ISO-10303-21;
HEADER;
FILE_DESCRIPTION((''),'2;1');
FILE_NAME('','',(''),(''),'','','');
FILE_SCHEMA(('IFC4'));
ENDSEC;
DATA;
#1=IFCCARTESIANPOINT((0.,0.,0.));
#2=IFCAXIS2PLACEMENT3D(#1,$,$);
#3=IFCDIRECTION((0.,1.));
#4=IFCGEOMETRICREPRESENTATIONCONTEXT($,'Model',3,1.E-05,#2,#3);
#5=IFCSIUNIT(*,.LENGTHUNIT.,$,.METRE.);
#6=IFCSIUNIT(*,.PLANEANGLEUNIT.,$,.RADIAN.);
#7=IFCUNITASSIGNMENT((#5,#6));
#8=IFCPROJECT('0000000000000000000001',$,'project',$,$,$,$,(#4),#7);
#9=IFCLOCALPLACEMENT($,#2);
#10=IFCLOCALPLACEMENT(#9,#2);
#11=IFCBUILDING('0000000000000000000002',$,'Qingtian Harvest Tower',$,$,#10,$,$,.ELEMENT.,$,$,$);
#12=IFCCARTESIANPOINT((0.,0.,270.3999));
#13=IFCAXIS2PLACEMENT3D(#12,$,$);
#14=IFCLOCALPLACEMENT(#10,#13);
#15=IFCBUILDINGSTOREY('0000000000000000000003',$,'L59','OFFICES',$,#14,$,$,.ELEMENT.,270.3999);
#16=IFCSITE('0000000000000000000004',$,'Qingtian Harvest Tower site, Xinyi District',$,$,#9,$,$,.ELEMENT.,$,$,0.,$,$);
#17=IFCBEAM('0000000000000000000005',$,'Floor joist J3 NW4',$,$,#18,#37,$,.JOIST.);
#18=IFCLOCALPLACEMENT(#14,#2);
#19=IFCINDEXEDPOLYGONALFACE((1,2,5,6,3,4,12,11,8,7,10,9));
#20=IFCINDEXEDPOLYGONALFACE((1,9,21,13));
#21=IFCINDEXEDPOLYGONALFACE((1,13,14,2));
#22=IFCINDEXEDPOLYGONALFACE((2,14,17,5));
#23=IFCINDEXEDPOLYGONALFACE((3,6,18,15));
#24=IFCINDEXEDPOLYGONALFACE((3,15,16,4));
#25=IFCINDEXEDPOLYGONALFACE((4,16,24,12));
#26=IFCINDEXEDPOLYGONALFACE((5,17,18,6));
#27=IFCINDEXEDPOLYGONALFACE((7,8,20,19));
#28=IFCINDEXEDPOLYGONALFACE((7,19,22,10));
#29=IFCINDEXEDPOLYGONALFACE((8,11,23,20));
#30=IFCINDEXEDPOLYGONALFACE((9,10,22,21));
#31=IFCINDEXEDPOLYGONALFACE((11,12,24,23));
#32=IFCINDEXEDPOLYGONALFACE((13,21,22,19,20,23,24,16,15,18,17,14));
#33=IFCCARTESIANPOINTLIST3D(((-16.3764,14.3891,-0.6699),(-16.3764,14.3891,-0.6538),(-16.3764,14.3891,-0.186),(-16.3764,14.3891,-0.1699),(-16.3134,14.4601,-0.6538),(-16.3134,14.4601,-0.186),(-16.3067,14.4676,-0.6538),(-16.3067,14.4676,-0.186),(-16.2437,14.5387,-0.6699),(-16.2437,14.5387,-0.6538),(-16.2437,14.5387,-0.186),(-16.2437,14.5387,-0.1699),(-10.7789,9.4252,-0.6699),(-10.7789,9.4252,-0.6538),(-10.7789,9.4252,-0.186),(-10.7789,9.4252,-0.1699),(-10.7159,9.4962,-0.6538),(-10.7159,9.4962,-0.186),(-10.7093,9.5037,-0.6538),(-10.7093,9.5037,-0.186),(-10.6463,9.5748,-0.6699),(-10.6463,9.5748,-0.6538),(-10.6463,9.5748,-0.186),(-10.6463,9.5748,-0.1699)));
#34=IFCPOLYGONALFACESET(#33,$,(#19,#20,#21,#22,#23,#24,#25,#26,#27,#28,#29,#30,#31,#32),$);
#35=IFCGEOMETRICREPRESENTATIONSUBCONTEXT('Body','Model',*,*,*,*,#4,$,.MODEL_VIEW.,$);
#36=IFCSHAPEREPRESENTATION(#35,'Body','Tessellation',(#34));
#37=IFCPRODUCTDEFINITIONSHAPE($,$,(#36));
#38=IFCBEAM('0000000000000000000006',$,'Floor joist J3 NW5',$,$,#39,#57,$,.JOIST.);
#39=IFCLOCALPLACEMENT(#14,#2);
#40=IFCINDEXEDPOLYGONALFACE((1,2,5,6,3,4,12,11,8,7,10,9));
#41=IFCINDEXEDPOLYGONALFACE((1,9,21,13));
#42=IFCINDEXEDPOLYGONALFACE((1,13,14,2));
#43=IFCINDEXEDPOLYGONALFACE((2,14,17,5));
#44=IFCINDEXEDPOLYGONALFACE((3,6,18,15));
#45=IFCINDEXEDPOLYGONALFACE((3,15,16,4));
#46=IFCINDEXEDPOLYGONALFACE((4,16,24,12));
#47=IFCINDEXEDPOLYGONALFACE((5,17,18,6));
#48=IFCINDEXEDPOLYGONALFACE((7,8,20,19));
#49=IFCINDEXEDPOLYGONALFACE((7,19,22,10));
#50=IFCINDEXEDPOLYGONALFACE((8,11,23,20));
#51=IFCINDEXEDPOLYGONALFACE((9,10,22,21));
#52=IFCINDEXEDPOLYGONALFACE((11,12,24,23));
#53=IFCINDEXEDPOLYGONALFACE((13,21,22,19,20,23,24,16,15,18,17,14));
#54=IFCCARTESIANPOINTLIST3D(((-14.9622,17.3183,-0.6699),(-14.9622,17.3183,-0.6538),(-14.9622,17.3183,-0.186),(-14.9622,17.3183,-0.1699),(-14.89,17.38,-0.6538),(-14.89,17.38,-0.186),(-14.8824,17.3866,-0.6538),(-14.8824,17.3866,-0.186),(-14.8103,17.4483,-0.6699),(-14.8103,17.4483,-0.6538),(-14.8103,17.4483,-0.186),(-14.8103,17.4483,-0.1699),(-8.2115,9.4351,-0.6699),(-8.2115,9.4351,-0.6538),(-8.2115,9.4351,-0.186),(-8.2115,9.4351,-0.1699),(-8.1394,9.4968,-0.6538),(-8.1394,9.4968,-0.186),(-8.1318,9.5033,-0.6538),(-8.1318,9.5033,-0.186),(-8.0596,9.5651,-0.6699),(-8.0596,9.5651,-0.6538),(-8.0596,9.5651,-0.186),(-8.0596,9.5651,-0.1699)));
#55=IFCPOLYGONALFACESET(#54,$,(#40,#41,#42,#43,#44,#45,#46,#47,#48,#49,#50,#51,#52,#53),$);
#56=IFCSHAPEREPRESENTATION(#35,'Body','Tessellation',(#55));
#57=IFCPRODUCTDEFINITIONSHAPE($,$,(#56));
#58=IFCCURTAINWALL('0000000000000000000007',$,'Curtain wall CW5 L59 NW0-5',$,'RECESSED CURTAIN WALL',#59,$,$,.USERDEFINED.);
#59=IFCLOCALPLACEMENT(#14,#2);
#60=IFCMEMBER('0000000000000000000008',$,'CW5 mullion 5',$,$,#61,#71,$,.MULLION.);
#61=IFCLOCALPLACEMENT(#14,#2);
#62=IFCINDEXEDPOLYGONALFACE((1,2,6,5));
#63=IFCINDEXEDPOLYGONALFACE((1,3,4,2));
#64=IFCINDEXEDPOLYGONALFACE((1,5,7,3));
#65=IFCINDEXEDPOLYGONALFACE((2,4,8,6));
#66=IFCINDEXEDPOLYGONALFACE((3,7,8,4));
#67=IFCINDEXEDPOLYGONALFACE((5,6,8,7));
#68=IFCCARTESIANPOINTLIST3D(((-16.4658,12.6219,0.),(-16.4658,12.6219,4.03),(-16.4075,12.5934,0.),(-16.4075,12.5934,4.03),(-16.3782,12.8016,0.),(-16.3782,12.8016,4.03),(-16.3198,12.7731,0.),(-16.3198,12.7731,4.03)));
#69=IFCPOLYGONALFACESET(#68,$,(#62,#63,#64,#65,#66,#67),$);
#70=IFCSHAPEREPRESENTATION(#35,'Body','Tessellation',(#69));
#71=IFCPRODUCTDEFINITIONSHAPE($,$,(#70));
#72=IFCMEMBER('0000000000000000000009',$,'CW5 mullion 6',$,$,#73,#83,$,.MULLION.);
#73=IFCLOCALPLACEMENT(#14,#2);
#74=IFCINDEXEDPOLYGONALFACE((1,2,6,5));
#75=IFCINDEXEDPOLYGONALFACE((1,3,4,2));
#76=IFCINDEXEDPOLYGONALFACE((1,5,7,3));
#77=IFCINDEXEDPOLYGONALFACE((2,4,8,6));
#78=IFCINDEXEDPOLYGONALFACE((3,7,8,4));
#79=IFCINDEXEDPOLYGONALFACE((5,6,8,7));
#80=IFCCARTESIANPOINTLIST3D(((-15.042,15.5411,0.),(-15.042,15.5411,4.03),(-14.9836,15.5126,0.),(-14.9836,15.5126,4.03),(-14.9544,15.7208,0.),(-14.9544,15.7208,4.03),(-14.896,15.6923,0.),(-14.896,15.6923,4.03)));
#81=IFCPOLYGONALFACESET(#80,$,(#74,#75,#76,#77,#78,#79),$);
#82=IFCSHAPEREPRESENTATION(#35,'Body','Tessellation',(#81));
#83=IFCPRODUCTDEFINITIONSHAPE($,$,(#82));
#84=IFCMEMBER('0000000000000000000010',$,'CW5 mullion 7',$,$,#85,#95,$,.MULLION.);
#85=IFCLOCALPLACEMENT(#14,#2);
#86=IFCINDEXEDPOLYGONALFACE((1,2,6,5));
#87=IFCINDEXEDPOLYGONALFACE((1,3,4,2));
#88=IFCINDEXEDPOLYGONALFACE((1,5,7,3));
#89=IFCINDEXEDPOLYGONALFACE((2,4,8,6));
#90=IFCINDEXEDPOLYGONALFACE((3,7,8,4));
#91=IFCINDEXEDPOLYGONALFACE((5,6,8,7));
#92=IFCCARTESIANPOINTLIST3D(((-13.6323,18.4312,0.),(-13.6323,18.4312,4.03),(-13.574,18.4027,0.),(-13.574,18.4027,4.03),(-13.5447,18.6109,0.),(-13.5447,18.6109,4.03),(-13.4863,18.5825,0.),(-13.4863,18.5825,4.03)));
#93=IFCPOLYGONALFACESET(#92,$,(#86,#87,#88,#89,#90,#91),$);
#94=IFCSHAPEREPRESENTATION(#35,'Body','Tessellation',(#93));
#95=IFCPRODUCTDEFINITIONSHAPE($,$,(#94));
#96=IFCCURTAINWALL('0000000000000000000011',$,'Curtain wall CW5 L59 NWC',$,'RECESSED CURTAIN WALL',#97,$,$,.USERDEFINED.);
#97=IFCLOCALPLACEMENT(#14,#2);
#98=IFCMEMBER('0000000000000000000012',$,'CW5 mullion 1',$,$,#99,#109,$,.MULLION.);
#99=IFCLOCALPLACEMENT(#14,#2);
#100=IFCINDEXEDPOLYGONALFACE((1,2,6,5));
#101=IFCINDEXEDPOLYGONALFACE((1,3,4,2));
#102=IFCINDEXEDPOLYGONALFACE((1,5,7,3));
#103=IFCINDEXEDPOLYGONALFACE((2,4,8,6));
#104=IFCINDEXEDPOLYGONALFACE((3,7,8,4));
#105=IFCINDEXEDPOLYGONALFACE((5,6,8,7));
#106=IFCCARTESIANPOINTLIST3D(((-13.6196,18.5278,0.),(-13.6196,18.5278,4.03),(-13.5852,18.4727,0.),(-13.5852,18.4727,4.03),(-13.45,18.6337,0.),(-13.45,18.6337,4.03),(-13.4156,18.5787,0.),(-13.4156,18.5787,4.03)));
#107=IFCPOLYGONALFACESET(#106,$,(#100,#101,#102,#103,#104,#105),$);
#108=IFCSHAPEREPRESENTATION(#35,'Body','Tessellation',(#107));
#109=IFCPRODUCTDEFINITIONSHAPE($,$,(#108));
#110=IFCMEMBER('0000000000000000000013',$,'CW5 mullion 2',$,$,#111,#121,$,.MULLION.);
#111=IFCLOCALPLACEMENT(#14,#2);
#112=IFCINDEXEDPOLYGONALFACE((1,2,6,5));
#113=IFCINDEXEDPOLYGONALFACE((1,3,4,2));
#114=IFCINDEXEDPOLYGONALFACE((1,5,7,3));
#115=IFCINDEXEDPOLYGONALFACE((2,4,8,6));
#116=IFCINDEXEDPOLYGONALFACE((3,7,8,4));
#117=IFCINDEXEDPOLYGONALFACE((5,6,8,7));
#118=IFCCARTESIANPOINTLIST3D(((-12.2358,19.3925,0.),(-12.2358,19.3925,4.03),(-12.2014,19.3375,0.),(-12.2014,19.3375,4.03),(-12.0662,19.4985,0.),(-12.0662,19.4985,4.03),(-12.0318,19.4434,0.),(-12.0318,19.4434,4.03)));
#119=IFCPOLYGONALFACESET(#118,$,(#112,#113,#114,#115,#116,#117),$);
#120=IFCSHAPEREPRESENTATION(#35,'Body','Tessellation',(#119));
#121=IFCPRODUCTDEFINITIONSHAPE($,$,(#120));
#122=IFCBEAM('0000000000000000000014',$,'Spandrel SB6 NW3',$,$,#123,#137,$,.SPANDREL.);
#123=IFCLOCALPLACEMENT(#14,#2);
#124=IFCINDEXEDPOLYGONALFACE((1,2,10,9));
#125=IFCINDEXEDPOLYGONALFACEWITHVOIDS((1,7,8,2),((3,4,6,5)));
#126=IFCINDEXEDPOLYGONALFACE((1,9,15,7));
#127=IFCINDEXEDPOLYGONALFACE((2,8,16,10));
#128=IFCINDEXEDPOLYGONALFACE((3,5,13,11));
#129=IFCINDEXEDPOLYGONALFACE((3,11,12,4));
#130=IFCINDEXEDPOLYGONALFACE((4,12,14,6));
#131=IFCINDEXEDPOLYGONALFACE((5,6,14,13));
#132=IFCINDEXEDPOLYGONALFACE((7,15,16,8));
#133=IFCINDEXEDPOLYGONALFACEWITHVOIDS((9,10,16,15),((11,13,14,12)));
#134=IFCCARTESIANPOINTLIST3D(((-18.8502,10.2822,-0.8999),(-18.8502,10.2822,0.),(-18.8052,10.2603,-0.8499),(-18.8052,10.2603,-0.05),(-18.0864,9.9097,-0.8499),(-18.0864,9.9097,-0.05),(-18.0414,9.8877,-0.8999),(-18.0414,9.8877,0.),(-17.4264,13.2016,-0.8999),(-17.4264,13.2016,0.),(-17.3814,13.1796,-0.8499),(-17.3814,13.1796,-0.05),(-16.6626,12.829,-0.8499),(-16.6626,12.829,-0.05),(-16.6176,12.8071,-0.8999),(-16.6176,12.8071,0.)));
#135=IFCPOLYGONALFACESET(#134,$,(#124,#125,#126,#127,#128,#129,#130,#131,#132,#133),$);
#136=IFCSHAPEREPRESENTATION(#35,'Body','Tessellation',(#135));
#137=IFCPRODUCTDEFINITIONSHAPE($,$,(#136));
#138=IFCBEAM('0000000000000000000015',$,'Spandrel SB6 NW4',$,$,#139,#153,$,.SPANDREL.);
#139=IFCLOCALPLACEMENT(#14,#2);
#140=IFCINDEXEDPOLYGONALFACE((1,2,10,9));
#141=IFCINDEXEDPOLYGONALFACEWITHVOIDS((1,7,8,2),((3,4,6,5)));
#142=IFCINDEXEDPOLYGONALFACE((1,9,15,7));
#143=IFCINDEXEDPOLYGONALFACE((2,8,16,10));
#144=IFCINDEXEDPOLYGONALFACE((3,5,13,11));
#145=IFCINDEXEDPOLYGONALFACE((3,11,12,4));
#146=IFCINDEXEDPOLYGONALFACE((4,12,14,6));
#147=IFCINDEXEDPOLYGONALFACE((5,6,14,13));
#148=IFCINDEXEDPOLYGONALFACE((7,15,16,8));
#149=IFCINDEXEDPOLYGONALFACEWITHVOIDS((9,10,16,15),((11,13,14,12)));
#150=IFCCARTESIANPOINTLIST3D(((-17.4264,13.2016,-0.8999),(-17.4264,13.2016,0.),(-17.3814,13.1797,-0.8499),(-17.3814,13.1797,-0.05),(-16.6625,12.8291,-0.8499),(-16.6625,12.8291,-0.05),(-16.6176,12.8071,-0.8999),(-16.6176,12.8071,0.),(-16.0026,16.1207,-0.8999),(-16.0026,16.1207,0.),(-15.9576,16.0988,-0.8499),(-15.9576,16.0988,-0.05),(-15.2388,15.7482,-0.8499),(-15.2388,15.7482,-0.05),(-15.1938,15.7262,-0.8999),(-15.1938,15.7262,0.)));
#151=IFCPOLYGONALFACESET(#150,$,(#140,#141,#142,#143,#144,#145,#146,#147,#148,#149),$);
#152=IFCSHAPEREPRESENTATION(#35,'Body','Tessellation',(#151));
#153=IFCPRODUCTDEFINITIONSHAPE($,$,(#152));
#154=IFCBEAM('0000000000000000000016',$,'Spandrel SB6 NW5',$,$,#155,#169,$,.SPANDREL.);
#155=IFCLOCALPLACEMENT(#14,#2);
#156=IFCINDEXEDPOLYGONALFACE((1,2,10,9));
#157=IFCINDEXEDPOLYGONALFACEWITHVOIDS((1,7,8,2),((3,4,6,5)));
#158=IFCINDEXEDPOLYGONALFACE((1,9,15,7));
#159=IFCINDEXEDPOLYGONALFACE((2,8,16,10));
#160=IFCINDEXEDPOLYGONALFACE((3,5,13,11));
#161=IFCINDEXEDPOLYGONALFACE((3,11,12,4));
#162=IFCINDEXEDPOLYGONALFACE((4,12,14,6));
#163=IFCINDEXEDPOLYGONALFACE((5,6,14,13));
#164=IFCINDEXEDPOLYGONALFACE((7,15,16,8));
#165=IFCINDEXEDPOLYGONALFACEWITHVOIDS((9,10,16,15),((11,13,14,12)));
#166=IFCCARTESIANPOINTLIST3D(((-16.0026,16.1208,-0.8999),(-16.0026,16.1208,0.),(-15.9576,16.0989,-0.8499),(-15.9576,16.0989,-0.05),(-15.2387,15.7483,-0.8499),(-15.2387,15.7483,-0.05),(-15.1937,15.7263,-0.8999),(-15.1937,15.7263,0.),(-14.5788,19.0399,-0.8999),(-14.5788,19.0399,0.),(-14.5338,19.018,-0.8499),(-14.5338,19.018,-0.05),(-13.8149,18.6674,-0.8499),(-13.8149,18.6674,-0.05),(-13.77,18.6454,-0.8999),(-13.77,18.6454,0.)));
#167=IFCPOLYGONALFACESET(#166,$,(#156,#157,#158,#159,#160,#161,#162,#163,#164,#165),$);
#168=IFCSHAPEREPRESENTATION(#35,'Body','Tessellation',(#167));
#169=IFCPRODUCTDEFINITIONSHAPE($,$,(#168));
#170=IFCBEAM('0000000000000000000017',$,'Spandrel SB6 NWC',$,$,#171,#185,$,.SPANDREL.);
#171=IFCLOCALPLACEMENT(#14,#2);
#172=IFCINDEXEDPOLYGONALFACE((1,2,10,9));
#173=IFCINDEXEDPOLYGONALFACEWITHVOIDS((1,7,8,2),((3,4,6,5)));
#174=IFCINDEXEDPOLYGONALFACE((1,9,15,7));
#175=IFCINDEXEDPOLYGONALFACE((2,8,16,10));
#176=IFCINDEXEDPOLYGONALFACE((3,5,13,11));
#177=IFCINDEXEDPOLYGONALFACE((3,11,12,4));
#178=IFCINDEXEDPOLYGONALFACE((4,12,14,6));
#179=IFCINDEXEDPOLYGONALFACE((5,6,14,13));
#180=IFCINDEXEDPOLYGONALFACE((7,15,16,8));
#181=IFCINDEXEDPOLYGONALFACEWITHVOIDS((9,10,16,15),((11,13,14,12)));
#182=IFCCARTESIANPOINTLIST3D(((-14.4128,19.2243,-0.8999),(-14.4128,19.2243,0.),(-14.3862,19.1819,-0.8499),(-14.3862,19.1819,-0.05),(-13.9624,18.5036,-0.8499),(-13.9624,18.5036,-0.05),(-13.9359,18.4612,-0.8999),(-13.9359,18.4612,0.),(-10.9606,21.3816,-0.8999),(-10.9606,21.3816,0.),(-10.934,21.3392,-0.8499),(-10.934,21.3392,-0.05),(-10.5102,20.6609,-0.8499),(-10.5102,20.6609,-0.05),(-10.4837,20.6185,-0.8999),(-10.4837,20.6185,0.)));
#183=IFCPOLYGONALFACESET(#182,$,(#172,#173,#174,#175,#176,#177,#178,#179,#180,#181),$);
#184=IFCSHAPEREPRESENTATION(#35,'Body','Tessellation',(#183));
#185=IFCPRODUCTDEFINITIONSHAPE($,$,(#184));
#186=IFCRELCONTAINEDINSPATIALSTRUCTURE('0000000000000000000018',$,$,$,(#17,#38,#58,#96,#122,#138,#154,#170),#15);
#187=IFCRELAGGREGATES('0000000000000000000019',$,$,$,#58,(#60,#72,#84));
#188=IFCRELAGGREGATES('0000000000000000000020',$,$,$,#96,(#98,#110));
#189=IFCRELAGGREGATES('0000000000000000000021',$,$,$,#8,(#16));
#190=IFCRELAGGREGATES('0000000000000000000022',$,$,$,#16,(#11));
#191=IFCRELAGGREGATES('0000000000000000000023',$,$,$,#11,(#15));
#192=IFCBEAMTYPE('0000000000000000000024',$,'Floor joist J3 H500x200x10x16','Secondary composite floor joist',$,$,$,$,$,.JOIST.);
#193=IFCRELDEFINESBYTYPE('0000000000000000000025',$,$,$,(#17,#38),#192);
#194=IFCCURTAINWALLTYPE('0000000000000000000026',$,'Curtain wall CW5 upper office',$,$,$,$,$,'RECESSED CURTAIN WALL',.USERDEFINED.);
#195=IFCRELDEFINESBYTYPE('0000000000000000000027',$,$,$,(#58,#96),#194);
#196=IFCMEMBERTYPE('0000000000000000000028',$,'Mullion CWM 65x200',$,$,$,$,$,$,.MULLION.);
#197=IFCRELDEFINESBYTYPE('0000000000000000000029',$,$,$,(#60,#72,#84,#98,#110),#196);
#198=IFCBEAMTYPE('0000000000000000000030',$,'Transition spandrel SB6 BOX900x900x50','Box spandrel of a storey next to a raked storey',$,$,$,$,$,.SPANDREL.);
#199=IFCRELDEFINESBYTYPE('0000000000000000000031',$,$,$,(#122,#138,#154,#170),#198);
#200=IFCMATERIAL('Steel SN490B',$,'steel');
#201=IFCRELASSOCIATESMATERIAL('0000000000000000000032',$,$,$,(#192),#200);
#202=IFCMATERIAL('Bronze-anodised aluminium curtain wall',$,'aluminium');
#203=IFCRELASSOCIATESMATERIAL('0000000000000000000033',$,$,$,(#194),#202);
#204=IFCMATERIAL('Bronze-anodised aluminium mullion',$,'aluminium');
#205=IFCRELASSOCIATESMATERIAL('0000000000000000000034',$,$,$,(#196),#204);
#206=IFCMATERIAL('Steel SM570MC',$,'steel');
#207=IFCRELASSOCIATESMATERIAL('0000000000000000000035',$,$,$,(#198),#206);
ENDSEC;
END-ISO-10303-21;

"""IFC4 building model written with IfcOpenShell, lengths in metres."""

from ifc_helpers import new_model, si_unit, direction, frame, origin, origin_2d, place, context, subcontext, project, spatial, rectangle, hollow_rectangle, i_section, extrude, material, material_profile, profile_set, type_object, element, aggregate, save


model = new_model("IFC4")

# Units and contexts
model_context = context("Model", 3, precision=1e-05, world=origin(), true_north=direction((0.0, 1.0)))
body_context = subcontext(model_context, "Body", "Model", "MODEL_VIEW")
ifc_project = project(units=[si_unit("LENGTHUNIT", "METRE"), si_unit("PLANEANGLEUNIT", "RADIAN")], contexts=[model_context])

# Site, building, storey
site_placement = place(None, origin())
site = spatial("IfcSite", under=ifc_project, at=site_placement, Name="Qingtian Harvest Tower site, Xinyi District", CompositionType="ELEMENT", RefElevation=0.0)
building_placement = place(site_placement, origin())
building = spatial("IfcBuilding", under=site, at=building_placement, Name="Qingtian Harvest Tower", CompositionType="ELEMENT")
storey_placement = place(building_placement, frame((0.0, 0.0, 270.3999)))
storey = spatial("IfcBuildingStorey", under=building, at=storey_placement, Name="L59", Description="OFFICES", CompositionType="ELEMENT", Elevation=270.3999)

# Beams
ifc_material_1 = material(Name="Steel SN490B", Category="steel")
ifc_material_profile_1 = material_profile(ifc_material_1, i_section(OverallWidth=0.2, OverallDepth=0.5, WebThickness=0.01, FlangeThickness=0.0161, at=origin_2d()), Name="H500x200x10x16")
ifc_profile_set_1 = profile_set([ifc_material_profile_1], Name="Steel SN490B")
beam_type_1 = type_object("IfcBeamType", Name="Floor joist J3 H500x200x10x16", Description="Secondary composite floor joist", PredefinedType="JOIST", material=ifc_profile_set_1)
beam_1_placement = place(storey_placement, frame((-16.3101, 14.4639, -0.4199), z_axis=(0.748179, -0.663496, 0.0), x_axis=(0.663496, 0.748179, 0.0)))
element("IfcBeam", 1, at=beam_1_placement, inside=storey, type_object=beam_type_1, Name="Floor joist J3 NW4", PredefinedType="JOIST", context=body_context, shape_type="SweptSolid", body=[
    extrude(i_section(OverallWidth=0.2, OverallDepth=0.5, WebThickness=0.01, FlangeThickness=0.0161, at=origin_2d()), origin(), (0.0, 0.0, 1.0), 7.4814),
])
beam_2_placement = place(storey_placement, frame((-14.8862, 17.3833, -0.4199), z_axis=(0.650437, -0.75956, 0.0), x_axis=(0.75956, 0.650437, 0.0)))
element("IfcBeam", 2, at=beam_2_placement, inside=storey, type_object=beam_type_1, Name="Floor joist J3 NW5", PredefinedType="JOIST", context=body_context, shape_type="SweptSolid", body=[
    extrude(i_section(OverallWidth=0.2, OverallDepth=0.5, WebThickness=0.01, FlangeThickness=0.0161, at=origin_2d()), origin(), (0.0, 0.0, 1.0), 10.3787),
])

# Curtain walls, members
ifc_material_2 = material(Name="Bronze-anodised aluminium curtain wall", Category="aluminium")
curtain_wall_type = type_object("IfcCurtainWallType", Name="Curtain wall CW5 upper office", ElementType="RECESSED CURTAIN WALL", PredefinedType="USERDEFINED", material=ifc_material_2)
curtain_wall_1_placement = place(storey_placement, origin())
curtain_wall_1 = element("IfcCurtainWall", 3, at=curtain_wall_1_placement, inside=storey, type_object=curtain_wall_type, Name="Curtain wall CW5 L59 NW0-5", ObjectType="RECESSED CURTAIN WALL", PredefinedType="USERDEFINED")
ifc_material_3 = material(Name="Bronze-anodised aluminium mullion", Category="aluminium")
ifc_material_profile_2 = material_profile(ifc_material_3, rectangle(XDim=0.0649, YDim=0.2, at=origin_2d()), Name="AL 65x200")
ifc_profile_set_2 = profile_set([ifc_material_profile_2], Name="Bronze-anodised aluminium mullion")
member_type_1 = type_object("IfcMemberType", Name="Mullion CWM 65x200", PredefinedType="MULLION", material=ifc_profile_set_2)
member_1_placement = place(storey_placement, frame((-16.3928, 12.6975, 0.0), z_axis=(0.0, 0.0, 1.0), x_axis=(-0.898794, 0.438371, 0.0)))
member_1 = element("IfcMember", 4, at=member_1_placement, type_object=member_type_1, Name="CW5 mullion 5", PredefinedType="MULLION", context=body_context, shape_type="SweptSolid", body=[
    extrude(rectangle(XDim=0.0649, YDim=0.2, at=origin_2d()), origin(), (0.0, 0.0, 1.0), 4.03),
])
member_2_placement = place(storey_placement, frame((-14.969, 15.6167, 0.0), z_axis=(0.0, 0.0, 1.0), x_axis=(-0.898794, 0.438371, 0.0)))
member_2 = element("IfcMember", 5, at=member_2_placement, type_object=member_type_1, Name="CW5 mullion 6", PredefinedType="MULLION", context=body_context, shape_type="SweptSolid", body=[
    extrude(rectangle(XDim=0.0649, YDim=0.2, at=origin_2d()), origin(), (0.0, 0.0, 1.0), 4.03),
])
member_3_placement = place(storey_placement, frame((-13.5593, 18.5068, 0.0), z_axis=(0.0, 0.0, 1.0), x_axis=(-0.898794, 0.438371, 0.0)))
member_3 = element("IfcMember", 6, at=member_3_placement, type_object=member_type_1, Name="CW5 mullion 7", PredefinedType="MULLION", context=body_context, shape_type="SweptSolid", body=[
    extrude(rectangle(XDim=0.0649, YDim=0.2, at=origin_2d()), origin(), (0.0, 0.0, 1.0), 4.03),
])
curtain_wall_2_placement = place(storey_placement, origin())
curtain_wall_2 = element("IfcCurtainWall", 7, at=curtain_wall_2_placement, inside=storey, type_object=curtain_wall_type, Name="Curtain wall CW5 L59 NWC", ObjectType="RECESSED CURTAIN WALL", PredefinedType="USERDEFINED")
member_4_placement = place(storey_placement, frame((-13.5176, 18.5532, 0.0), z_axis=(0.0, 0.0, 1.0), x_axis=(-0.529919, 0.848048, 0.0)))
member_4 = element("IfcMember", 8, at=member_4_placement, type_object=member_type_1, Name="CW5 mullion 1", PredefinedType="MULLION", context=body_context, shape_type="SweptSolid", body=[
    extrude(rectangle(XDim=0.0649, YDim=0.2, at=origin_2d()), origin(), (0.0, 0.0, 1.0), 4.03),
])
member_5_placement = place(storey_placement, frame((-12.1338, 19.418, 0.0), z_axis=(0.0, 0.0, 1.0), x_axis=(-0.529919, 0.848048, 0.0)))
member_5 = element("IfcMember", 9, at=member_5_placement, type_object=member_type_1, Name="CW5 mullion 2", PredefinedType="MULLION", context=body_context, shape_type="SweptSolid", body=[
    extrude(rectangle(XDim=0.0649, YDim=0.2, at=origin_2d()), origin(), (0.0, 0.0, 1.0), 4.03),
])

# Beams
ifc_material_4 = material(Name="Steel SM570MC", Category="steel")
ifc_material_profile_3 = material_profile(ifc_material_4, hollow_rectangle(XDim=0.8999, YDim=0.8999, WallThickness=0.05, at=origin_2d()), Name="BOX900x900x50")
ifc_profile_set_3 = profile_set([ifc_material_profile_3], Name="Steel SM570MC")
beam_type_2 = type_object("IfcBeamType", Name="Transition spandrel SB6 BOX900x900x50", Description="Box spandrel of a storey next to a raked storey", PredefinedType="SPANDREL", material=ifc_profile_set_3)
beam_3_placement = place(storey_placement, frame((-18.4458, 10.085, -0.45), z_axis=(0.438353, 0.898803, 0.0), x_axis=(-0.898803, 0.438353, 0.0)))
element("IfcBeam", 10, at=beam_3_placement, inside=storey, type_object=beam_type_2, Name="Spandrel SB6 NW3", PredefinedType="SPANDREL", context=body_context, shape_type="SweptSolid", body=[
    extrude(hollow_rectangle(XDim=0.8999, YDim=0.8999, WallThickness=0.05, at=origin_2d()), origin(), (0.0, 0.0, 1.0), 3.248),
])
for number, where, z_axis, x_axis, name in (
    (11, (-17.022, 13.0044, -0.45), (0.438382, 0.898789, 0.0), (-0.898789, 0.438382, 0.0), "Spandrel SB6 NW4"),
    (12, (-15.5981, 15.9236, -0.45), (0.438382, 0.898789, 0.0), (-0.898789, 0.438382, 0.0), "Spandrel SB6 NW5"),
):
    element("IfcBeam", number, at=place(storey_placement, frame(where, z_axis=z_axis, x_axis=x_axis)), inside=storey, type_object=beam_type_2, Name=name, PredefinedType="SPANDREL", context=body_context, shape_type="SweptSolid", body=[
        extrude(hollow_rectangle(XDim=0.8999, YDim=0.8999, WallThickness=0.05, at=origin_2d()), origin(), (0.0, 0.0, 1.0), 3.2478),
    ])
beam_4_placement = place(storey_placement, frame((-14.1743, 18.8428, -0.45), z_axis=(0.848039, 0.529934, 0.0), x_axis=(-0.529934, 0.848039, 0.0)))
element("IfcBeam", 13, at=beam_4_placement, inside=storey, type_object=beam_type_2, Name="Spandrel SB6 NWC", PredefinedType="SPANDREL", context=body_context, shape_type="SweptSolid", body=[
    extrude(hollow_rectangle(XDim=0.8999, YDim=0.8999, WallThickness=0.05, at=origin_2d()), origin(), (0.0, 0.0, 1.0), 4.0708),
])

aggregate(curtain_wall_1, [member_1, member_2, member_3])
aggregate(curtain_wall_2, [member_4, member_5])

save(model, "model.ifc")
